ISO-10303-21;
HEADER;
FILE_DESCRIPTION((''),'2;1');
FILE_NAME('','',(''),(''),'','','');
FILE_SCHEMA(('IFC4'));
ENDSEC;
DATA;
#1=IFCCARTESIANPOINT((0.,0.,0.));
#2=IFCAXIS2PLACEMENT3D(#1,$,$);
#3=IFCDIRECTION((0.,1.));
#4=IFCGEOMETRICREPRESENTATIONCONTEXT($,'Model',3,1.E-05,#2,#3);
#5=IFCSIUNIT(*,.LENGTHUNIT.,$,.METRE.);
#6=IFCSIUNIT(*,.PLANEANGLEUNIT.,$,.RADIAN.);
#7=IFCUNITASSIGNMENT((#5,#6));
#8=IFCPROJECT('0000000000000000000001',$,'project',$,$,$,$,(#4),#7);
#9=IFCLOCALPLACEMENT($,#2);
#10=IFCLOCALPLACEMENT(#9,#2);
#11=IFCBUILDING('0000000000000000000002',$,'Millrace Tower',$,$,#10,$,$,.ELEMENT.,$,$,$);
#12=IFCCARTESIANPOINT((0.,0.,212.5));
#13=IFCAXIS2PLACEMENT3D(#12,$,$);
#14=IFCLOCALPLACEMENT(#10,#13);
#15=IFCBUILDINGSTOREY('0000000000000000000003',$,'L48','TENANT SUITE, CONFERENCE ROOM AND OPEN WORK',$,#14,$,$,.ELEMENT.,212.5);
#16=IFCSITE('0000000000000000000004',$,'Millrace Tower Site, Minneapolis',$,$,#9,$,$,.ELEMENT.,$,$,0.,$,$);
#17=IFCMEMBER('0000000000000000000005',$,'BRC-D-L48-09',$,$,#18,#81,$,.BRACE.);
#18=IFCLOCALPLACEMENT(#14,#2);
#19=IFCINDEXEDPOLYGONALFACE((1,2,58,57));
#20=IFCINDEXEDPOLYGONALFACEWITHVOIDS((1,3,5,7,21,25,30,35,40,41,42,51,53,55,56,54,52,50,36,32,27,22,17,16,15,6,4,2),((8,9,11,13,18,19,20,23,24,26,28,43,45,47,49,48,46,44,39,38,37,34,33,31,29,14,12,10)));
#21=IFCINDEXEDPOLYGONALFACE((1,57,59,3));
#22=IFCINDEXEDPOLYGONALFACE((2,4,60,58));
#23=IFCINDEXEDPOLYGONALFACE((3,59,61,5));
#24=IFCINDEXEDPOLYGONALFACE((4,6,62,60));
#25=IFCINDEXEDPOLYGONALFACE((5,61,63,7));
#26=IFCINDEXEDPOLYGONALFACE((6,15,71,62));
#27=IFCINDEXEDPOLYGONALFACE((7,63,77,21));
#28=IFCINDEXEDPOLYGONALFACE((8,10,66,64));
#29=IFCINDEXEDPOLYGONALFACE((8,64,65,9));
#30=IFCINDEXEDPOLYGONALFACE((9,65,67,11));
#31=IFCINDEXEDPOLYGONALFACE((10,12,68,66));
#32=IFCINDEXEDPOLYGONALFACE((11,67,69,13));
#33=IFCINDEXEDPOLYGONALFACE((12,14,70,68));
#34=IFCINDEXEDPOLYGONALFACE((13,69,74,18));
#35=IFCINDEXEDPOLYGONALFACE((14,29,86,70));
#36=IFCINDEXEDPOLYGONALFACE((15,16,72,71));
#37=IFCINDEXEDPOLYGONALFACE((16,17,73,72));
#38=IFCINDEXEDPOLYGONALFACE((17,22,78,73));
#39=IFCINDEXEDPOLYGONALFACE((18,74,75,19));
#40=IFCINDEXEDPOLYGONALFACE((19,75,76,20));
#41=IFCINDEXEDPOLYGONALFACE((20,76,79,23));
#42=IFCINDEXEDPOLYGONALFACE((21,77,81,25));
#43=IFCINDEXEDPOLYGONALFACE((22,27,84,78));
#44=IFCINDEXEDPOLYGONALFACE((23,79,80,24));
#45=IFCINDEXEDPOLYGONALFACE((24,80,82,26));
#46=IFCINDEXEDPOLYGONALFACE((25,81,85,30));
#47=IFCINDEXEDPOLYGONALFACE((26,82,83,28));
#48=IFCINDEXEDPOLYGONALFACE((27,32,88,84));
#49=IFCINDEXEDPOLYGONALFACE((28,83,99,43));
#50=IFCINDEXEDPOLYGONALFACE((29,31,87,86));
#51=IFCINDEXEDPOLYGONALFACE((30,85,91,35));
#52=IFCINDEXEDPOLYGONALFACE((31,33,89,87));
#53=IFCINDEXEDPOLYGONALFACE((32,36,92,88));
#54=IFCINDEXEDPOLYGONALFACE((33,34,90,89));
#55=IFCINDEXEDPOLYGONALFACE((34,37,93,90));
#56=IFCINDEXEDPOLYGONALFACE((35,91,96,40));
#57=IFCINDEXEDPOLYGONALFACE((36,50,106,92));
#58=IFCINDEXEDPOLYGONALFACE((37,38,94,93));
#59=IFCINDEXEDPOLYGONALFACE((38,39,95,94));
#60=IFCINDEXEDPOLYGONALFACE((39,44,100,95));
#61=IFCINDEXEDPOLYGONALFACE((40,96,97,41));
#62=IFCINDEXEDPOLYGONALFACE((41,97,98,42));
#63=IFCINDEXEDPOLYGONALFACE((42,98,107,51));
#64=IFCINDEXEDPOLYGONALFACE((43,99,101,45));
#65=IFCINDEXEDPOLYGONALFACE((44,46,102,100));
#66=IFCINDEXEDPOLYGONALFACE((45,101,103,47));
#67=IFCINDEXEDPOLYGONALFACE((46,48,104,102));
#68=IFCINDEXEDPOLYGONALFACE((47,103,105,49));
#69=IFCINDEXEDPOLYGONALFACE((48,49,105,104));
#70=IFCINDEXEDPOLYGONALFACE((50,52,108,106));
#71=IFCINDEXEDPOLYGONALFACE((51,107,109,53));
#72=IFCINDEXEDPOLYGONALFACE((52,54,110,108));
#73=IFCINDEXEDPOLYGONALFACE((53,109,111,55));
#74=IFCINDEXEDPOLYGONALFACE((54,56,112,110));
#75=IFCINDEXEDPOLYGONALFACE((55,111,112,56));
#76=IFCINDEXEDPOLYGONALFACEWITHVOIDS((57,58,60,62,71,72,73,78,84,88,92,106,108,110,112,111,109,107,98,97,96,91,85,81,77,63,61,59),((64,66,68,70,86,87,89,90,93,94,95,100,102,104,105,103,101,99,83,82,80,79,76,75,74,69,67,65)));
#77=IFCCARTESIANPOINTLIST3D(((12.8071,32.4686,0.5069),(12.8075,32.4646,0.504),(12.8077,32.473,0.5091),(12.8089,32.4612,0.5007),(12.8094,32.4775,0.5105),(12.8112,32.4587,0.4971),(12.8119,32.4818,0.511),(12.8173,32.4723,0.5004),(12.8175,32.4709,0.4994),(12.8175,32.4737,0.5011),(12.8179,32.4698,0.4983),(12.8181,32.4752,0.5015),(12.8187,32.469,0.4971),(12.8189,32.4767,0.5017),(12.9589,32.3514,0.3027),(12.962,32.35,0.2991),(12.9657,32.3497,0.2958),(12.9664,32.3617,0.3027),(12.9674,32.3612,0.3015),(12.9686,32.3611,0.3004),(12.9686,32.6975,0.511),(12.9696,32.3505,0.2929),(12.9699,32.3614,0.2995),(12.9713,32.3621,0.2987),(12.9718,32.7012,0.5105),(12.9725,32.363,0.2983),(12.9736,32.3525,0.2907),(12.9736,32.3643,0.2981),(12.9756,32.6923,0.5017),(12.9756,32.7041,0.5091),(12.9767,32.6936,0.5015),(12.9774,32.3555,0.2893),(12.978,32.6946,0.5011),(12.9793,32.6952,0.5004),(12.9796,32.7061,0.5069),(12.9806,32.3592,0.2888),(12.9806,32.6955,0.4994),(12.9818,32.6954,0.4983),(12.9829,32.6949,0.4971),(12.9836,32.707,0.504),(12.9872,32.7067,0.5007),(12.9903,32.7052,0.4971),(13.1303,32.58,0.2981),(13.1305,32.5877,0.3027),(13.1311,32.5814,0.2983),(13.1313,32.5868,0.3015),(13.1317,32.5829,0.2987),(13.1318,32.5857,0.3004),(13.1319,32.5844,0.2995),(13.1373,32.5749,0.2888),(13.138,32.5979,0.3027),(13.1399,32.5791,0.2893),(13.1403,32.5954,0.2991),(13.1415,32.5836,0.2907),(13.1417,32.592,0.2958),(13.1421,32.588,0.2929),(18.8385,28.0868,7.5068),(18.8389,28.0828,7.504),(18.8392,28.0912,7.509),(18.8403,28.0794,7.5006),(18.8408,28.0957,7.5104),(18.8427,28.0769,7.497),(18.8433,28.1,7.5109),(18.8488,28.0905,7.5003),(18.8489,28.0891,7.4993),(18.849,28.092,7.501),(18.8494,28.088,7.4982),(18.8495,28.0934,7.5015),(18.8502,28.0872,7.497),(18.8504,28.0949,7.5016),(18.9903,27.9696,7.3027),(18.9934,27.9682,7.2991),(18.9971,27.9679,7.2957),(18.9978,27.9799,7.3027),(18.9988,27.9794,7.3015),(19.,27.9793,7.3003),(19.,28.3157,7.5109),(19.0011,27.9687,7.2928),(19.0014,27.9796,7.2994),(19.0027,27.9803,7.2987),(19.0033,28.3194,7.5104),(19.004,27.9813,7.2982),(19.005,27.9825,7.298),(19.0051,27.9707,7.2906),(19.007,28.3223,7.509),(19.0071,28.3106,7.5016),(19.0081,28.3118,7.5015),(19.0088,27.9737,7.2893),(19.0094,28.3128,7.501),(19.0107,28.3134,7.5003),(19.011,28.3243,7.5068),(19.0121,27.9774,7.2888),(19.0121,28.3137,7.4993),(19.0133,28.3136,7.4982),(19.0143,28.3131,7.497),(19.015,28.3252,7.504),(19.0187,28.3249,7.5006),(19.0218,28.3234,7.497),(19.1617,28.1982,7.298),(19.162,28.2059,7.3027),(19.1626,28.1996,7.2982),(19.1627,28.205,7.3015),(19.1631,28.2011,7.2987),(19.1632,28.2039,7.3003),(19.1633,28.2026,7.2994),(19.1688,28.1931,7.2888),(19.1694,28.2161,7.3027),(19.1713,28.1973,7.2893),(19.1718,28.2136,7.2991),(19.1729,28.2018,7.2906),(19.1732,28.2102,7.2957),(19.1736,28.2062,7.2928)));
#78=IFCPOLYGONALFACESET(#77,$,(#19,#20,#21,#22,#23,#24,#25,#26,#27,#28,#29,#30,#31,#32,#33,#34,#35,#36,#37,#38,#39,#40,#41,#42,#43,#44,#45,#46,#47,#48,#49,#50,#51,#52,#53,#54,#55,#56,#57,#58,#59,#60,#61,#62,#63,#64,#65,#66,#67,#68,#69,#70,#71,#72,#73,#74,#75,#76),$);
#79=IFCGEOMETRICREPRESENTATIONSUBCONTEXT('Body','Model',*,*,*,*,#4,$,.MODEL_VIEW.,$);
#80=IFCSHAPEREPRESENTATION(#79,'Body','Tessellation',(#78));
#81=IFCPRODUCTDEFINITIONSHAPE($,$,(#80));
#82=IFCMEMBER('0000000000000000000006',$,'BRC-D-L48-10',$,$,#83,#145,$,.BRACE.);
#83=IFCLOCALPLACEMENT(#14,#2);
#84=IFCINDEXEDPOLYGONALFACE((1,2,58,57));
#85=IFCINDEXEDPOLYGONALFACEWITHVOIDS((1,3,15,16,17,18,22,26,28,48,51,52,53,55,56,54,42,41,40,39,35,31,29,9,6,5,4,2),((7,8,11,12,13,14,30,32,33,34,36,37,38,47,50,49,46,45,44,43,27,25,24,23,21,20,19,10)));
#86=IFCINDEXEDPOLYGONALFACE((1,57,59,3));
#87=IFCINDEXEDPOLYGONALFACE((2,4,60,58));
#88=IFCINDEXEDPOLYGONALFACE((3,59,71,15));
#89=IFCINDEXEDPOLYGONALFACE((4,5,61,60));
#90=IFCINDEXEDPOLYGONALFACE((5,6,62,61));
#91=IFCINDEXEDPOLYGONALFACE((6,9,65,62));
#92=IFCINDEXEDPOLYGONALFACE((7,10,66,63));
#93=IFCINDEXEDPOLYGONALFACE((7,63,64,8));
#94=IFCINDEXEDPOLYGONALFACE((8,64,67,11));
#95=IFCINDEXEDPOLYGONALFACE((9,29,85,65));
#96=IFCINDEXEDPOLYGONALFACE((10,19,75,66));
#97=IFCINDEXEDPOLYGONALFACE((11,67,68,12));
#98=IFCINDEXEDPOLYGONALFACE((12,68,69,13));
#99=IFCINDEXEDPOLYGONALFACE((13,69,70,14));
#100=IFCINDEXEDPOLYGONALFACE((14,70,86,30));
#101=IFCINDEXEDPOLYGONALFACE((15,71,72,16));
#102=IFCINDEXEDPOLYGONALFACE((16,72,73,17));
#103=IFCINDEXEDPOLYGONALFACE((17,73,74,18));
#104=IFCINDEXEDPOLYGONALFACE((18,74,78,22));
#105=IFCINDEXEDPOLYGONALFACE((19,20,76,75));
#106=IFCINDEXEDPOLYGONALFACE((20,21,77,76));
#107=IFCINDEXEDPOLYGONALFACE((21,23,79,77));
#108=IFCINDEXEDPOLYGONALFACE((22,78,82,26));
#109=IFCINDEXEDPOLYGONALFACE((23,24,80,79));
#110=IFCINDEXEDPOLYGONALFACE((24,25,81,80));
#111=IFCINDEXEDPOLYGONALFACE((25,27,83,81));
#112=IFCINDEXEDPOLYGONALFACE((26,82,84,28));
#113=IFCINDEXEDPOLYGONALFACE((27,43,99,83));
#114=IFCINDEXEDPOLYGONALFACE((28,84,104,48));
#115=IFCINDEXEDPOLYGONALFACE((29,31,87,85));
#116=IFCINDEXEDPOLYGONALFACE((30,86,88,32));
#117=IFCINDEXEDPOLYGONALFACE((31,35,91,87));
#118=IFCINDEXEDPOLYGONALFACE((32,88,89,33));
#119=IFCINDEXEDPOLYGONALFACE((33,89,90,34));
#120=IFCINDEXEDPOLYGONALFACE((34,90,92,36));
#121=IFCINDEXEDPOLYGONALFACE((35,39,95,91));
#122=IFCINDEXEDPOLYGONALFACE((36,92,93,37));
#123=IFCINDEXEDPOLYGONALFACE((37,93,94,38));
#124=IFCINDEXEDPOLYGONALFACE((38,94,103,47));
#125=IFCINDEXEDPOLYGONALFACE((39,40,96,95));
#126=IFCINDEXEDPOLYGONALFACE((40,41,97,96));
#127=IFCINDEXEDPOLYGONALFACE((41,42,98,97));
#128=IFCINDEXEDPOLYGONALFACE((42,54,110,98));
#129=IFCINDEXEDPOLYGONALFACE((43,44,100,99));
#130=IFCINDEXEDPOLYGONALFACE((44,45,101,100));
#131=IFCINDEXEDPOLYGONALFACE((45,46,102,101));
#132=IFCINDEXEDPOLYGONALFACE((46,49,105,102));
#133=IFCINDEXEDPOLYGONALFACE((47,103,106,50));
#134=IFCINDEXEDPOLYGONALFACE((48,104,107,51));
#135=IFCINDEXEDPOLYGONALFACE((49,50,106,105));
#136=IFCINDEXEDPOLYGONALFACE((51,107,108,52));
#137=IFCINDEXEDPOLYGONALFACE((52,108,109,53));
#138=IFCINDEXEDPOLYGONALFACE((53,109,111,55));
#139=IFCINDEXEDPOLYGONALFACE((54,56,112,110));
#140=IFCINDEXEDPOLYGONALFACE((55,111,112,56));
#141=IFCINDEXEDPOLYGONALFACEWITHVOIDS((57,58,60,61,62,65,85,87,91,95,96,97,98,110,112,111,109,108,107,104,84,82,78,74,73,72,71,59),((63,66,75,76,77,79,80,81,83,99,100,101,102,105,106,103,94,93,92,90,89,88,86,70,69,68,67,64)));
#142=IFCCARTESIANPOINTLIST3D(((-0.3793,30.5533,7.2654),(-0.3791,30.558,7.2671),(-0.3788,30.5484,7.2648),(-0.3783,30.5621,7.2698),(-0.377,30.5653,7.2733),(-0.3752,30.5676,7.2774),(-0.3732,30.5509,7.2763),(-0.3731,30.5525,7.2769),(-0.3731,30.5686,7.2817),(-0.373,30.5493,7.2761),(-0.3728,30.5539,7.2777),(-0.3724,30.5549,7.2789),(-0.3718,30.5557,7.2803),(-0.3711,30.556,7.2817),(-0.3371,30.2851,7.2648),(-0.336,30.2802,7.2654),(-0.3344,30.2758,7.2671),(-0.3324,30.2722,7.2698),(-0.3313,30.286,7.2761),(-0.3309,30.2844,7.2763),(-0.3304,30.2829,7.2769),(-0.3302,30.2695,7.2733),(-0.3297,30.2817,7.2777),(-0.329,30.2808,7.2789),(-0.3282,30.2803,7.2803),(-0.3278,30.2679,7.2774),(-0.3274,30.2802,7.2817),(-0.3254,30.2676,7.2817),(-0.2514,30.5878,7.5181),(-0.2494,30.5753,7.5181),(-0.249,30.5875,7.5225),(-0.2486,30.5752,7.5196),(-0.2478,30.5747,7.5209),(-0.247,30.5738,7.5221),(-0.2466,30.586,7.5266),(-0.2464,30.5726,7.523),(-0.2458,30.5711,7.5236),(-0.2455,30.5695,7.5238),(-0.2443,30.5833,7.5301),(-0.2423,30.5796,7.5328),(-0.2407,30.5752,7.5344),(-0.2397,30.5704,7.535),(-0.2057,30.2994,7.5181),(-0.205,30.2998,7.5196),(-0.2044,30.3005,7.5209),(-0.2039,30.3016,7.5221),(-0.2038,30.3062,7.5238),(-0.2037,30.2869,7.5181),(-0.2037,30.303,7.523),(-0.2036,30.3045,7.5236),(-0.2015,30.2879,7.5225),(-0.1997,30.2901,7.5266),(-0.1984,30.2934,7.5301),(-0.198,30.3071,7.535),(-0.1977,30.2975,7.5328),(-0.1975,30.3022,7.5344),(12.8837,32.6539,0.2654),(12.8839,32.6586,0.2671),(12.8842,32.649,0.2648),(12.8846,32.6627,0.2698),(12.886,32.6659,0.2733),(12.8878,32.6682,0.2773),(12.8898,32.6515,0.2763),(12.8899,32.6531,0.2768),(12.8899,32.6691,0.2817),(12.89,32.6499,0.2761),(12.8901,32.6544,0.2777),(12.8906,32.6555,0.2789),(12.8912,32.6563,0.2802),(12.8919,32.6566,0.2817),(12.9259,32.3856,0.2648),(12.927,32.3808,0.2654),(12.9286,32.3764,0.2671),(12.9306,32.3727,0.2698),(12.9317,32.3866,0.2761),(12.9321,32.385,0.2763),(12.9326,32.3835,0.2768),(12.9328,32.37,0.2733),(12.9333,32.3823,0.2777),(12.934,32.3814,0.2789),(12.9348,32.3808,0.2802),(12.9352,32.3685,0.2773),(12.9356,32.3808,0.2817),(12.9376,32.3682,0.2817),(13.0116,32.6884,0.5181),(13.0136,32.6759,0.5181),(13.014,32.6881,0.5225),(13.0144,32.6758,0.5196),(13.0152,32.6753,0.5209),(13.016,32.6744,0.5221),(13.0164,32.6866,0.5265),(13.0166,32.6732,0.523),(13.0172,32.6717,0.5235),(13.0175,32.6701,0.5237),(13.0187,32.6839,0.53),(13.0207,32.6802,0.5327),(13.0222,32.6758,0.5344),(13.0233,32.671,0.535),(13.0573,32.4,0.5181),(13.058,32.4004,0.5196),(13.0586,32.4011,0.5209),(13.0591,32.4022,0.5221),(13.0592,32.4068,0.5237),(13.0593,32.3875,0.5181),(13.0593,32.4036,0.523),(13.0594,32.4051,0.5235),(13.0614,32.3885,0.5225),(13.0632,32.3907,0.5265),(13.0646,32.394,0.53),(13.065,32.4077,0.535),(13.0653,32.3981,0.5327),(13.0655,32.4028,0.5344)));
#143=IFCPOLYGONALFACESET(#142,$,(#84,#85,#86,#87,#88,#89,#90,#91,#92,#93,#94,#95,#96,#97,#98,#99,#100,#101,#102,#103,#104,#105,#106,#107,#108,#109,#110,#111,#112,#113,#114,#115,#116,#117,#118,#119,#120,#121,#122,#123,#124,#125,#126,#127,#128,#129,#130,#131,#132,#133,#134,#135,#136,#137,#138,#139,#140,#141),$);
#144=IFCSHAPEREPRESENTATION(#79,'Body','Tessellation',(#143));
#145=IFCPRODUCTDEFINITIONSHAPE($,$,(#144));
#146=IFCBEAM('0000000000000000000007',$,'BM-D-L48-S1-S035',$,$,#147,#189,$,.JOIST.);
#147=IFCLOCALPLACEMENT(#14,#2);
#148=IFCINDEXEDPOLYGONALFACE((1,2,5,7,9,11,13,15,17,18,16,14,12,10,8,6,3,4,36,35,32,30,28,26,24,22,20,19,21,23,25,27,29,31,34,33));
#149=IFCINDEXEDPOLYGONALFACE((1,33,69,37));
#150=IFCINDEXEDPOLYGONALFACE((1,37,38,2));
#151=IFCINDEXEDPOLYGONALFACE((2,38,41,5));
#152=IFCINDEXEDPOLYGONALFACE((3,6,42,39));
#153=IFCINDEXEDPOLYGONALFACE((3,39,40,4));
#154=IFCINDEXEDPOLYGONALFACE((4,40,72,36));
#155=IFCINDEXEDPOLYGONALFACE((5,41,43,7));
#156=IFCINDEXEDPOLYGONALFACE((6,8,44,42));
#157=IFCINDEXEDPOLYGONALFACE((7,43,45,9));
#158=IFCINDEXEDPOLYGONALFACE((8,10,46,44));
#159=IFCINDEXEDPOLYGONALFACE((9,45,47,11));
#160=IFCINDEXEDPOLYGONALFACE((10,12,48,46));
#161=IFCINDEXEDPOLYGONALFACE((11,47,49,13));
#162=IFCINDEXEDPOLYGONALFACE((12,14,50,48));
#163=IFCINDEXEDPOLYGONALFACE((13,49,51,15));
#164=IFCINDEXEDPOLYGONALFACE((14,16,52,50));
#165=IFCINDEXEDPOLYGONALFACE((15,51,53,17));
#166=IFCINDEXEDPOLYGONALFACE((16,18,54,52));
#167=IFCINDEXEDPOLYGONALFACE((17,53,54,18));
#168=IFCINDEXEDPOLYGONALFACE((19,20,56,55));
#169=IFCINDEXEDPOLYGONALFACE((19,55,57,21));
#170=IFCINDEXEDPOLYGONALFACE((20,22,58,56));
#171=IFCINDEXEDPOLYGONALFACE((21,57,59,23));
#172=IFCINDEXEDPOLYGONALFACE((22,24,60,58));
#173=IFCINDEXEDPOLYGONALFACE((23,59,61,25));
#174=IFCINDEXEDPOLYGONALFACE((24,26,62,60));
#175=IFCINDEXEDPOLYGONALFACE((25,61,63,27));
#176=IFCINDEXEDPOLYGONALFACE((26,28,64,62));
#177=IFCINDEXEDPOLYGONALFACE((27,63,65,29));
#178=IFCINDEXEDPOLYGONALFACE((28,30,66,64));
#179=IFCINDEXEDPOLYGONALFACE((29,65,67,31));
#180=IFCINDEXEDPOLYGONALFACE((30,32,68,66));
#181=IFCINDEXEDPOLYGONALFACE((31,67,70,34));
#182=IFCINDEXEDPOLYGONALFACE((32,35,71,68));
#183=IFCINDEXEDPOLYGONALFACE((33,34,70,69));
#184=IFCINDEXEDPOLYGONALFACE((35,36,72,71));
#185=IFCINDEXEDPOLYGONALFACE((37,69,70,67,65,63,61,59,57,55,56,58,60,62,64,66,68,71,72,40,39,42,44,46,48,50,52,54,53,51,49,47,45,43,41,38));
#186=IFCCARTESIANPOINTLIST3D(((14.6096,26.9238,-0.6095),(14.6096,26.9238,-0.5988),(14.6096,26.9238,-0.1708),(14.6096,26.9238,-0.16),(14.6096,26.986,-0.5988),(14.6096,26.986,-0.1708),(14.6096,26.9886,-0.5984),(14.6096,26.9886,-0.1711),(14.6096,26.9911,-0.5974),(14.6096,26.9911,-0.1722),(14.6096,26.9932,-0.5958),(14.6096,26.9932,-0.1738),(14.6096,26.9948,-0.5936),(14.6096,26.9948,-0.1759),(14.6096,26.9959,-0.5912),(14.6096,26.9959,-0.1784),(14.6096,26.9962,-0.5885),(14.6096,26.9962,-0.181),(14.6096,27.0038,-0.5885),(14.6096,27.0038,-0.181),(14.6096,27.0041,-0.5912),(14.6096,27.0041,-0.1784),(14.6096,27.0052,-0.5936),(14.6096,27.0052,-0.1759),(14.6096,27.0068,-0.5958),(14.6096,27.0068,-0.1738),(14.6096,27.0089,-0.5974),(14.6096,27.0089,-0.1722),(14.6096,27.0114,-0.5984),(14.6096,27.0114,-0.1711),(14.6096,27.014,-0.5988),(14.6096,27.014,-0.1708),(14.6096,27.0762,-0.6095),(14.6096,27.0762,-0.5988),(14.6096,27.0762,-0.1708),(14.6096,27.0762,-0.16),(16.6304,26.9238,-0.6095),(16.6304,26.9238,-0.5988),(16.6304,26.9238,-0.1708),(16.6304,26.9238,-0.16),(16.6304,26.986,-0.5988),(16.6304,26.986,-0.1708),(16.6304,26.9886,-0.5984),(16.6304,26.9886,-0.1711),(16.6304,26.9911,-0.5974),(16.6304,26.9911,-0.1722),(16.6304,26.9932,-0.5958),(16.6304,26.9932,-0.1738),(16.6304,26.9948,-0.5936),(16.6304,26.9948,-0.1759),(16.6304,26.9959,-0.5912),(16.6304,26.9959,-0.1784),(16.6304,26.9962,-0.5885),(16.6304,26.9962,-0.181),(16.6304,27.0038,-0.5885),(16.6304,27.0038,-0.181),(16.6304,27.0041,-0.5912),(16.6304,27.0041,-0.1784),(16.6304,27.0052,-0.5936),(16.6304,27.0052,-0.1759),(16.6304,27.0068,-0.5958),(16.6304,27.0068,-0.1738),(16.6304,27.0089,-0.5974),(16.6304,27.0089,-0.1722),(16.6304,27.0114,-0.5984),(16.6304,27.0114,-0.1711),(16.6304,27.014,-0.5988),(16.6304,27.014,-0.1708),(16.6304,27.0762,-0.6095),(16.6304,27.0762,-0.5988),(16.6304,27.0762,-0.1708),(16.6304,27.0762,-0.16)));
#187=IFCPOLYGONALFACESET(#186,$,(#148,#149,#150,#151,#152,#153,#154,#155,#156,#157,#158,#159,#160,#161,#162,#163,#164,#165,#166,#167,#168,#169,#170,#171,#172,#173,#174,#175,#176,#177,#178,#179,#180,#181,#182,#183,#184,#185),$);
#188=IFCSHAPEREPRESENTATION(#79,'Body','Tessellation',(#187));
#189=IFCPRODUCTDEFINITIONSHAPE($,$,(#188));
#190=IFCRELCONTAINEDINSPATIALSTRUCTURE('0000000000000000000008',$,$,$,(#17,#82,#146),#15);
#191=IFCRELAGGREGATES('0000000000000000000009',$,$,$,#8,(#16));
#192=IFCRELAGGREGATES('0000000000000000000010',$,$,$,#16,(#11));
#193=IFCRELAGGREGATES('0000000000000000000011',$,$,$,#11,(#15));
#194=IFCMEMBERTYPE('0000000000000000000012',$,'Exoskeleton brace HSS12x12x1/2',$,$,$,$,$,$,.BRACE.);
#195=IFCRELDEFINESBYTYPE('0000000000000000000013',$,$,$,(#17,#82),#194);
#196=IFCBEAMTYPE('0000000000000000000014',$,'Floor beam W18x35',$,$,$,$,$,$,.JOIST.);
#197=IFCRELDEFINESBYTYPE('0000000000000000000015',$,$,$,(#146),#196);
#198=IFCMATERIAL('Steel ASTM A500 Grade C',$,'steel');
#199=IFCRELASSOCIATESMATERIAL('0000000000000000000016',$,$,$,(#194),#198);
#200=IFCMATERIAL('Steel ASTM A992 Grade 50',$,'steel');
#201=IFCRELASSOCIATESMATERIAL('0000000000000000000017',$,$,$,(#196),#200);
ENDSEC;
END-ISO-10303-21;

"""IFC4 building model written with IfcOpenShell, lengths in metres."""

from ifc_helpers import new_model, si_unit, direction, frame, origin, origin_2d, place, context, subcontext, project, spatial, hollow_rectangle, i_section, extrude, material, material_profile, profile_set, type_object, element, save


model = new_model("IFC4")

# Units and contexts
model_context = context("Model", 3, precision=1e-05, world=origin(), true_north=direction((0.0, 1.0)))
body_context = subcontext(model_context, "Body", "Model", "MODEL_VIEW")
ifc_project = project(units=[si_unit("LENGTHUNIT", "METRE"), si_unit("PLANEANGLEUNIT", "RADIAN")], contexts=[model_context])

# Site, building, storey
site_placement = place(None, origin())
site = spatial("IfcSite", under=ifc_project, at=site_placement, Name="Millrace Tower Site, Minneapolis", CompositionType="ELEMENT", RefElevation=0.0)
building_placement = place(site_placement, origin())
building = spatial("IfcBuilding", under=site, at=building_placement, Name="Millrace Tower", CompositionType="ELEMENT")
storey_placement = place(building_placement, frame((0.0, 0.0, 212.5)))
storey = spatial("IfcBuildingStorey", under=building, at=storey_placement, Name="L48", Description="TENANT SUITE, CONFERENCE ROOM AND OPEN WORK", CompositionType="ELEMENT", Elevation=212.5)

# Members
ifc_material_1 = material(Name="Steel ASTM A500 Grade C", Category="steel")
ifc_material_profile_1 = material_profile(ifc_material_1, hollow_rectangle(XDim=0.3047, YDim=0.3047, WallThickness=0.0127, InnerFilletRadius=0.0063, OuterFilletRadius=0.019, at=origin_2d()))
ifc_profile_set_1 = profile_set([ifc_material_profile_1], Name="Steel ASTM A500 Grade C")
member_type_1 = type_object("IfcMemberType", Name="Exoskeleton brace HSS12x12x1/2", PredefinedType="BRACE", material=ifc_profile_set_1)
member_1_placement = place(storey_placement, frame((12.9746, 32.5283, 0.3999), z_axis=(0.589796, -0.428482, 0.684502), x_axis=(0.587759, 0.809036, 0.0)))
element("IfcMember", 1, at=member_1_placement, inside=storey, type_object=member_type_1, Name="BRC-D-L48-09", PredefinedType="BRACE", context=body_context, shape_type="SweptSolid", body=[
    extrude(hollow_rectangle(XDim=0.3047, YDim=0.3047, WallThickness=0.0127, InnerFilletRadius=0.0063, OuterFilletRadius=0.019, at=origin_2d()), origin(), (0.0, 0.0, 1.0), 10.2263),
])
member_2_placement = place(storey_placement, frame((12.9746, 32.5283, 0.3999), z_axis=(-0.875832, -0.138714, 0.462252), x_axis=(0.15643, -0.987689, 0.0)))
element("IfcMember", 2, at=member_2_placement, inside=storey, type_object=member_type_1, Name="BRC-D-L48-10", PredefinedType="BRACE", context=body_context, shape_type="SweptSolid", body=[
    extrude(hollow_rectangle(XDim=0.3047, YDim=0.3047, WallThickness=0.0127, InnerFilletRadius=0.0063, OuterFilletRadius=0.019, at=origin_2d()), origin(), (0.0, 0.0, 1.0), 15.1433),
])

# Beam
ifc_material_2 = material(Name="Steel ASTM A992 Grade 50", Category="steel")
ifc_material_profile_2 = material_profile(ifc_material_2, i_section(OverallWidth=0.1523, OverallDepth=0.4495, WebThickness=0.0076, FlangeThickness=0.0107, FilletRadius=0.0103, at=origin_2d()))
ifc_profile_set_2 = profile_set([ifc_material_profile_2], Name="Steel ASTM A992 Grade 50")
beam_type_1 = type_object("IfcBeamType", Name="Floor beam W18x35", PredefinedType="JOIST", material=ifc_profile_set_2)
beam_1_placement = place(storey_placement, frame((14.6096, 27.0, -0.3848), z_axis=(1.0, 0.0, 0.0), x_axis=(0.0, 1.0, 0.0)))
element("IfcBeam", 3, at=beam_1_placement, inside=storey, type_object=beam_type_1, Name="BM-D-L48-S1-S035", PredefinedType="JOIST", context=body_context, shape_type="SweptSolid", body=[
    extrude(i_section(OverallWidth=0.1523, OverallDepth=0.4495, WebThickness=0.0076, FlangeThickness=0.0107, FilletRadius=0.0103, at=origin_2d()), origin(), (0.0, 0.0, 1.0), 2.0208),
])

save(model, "model.ifc")
